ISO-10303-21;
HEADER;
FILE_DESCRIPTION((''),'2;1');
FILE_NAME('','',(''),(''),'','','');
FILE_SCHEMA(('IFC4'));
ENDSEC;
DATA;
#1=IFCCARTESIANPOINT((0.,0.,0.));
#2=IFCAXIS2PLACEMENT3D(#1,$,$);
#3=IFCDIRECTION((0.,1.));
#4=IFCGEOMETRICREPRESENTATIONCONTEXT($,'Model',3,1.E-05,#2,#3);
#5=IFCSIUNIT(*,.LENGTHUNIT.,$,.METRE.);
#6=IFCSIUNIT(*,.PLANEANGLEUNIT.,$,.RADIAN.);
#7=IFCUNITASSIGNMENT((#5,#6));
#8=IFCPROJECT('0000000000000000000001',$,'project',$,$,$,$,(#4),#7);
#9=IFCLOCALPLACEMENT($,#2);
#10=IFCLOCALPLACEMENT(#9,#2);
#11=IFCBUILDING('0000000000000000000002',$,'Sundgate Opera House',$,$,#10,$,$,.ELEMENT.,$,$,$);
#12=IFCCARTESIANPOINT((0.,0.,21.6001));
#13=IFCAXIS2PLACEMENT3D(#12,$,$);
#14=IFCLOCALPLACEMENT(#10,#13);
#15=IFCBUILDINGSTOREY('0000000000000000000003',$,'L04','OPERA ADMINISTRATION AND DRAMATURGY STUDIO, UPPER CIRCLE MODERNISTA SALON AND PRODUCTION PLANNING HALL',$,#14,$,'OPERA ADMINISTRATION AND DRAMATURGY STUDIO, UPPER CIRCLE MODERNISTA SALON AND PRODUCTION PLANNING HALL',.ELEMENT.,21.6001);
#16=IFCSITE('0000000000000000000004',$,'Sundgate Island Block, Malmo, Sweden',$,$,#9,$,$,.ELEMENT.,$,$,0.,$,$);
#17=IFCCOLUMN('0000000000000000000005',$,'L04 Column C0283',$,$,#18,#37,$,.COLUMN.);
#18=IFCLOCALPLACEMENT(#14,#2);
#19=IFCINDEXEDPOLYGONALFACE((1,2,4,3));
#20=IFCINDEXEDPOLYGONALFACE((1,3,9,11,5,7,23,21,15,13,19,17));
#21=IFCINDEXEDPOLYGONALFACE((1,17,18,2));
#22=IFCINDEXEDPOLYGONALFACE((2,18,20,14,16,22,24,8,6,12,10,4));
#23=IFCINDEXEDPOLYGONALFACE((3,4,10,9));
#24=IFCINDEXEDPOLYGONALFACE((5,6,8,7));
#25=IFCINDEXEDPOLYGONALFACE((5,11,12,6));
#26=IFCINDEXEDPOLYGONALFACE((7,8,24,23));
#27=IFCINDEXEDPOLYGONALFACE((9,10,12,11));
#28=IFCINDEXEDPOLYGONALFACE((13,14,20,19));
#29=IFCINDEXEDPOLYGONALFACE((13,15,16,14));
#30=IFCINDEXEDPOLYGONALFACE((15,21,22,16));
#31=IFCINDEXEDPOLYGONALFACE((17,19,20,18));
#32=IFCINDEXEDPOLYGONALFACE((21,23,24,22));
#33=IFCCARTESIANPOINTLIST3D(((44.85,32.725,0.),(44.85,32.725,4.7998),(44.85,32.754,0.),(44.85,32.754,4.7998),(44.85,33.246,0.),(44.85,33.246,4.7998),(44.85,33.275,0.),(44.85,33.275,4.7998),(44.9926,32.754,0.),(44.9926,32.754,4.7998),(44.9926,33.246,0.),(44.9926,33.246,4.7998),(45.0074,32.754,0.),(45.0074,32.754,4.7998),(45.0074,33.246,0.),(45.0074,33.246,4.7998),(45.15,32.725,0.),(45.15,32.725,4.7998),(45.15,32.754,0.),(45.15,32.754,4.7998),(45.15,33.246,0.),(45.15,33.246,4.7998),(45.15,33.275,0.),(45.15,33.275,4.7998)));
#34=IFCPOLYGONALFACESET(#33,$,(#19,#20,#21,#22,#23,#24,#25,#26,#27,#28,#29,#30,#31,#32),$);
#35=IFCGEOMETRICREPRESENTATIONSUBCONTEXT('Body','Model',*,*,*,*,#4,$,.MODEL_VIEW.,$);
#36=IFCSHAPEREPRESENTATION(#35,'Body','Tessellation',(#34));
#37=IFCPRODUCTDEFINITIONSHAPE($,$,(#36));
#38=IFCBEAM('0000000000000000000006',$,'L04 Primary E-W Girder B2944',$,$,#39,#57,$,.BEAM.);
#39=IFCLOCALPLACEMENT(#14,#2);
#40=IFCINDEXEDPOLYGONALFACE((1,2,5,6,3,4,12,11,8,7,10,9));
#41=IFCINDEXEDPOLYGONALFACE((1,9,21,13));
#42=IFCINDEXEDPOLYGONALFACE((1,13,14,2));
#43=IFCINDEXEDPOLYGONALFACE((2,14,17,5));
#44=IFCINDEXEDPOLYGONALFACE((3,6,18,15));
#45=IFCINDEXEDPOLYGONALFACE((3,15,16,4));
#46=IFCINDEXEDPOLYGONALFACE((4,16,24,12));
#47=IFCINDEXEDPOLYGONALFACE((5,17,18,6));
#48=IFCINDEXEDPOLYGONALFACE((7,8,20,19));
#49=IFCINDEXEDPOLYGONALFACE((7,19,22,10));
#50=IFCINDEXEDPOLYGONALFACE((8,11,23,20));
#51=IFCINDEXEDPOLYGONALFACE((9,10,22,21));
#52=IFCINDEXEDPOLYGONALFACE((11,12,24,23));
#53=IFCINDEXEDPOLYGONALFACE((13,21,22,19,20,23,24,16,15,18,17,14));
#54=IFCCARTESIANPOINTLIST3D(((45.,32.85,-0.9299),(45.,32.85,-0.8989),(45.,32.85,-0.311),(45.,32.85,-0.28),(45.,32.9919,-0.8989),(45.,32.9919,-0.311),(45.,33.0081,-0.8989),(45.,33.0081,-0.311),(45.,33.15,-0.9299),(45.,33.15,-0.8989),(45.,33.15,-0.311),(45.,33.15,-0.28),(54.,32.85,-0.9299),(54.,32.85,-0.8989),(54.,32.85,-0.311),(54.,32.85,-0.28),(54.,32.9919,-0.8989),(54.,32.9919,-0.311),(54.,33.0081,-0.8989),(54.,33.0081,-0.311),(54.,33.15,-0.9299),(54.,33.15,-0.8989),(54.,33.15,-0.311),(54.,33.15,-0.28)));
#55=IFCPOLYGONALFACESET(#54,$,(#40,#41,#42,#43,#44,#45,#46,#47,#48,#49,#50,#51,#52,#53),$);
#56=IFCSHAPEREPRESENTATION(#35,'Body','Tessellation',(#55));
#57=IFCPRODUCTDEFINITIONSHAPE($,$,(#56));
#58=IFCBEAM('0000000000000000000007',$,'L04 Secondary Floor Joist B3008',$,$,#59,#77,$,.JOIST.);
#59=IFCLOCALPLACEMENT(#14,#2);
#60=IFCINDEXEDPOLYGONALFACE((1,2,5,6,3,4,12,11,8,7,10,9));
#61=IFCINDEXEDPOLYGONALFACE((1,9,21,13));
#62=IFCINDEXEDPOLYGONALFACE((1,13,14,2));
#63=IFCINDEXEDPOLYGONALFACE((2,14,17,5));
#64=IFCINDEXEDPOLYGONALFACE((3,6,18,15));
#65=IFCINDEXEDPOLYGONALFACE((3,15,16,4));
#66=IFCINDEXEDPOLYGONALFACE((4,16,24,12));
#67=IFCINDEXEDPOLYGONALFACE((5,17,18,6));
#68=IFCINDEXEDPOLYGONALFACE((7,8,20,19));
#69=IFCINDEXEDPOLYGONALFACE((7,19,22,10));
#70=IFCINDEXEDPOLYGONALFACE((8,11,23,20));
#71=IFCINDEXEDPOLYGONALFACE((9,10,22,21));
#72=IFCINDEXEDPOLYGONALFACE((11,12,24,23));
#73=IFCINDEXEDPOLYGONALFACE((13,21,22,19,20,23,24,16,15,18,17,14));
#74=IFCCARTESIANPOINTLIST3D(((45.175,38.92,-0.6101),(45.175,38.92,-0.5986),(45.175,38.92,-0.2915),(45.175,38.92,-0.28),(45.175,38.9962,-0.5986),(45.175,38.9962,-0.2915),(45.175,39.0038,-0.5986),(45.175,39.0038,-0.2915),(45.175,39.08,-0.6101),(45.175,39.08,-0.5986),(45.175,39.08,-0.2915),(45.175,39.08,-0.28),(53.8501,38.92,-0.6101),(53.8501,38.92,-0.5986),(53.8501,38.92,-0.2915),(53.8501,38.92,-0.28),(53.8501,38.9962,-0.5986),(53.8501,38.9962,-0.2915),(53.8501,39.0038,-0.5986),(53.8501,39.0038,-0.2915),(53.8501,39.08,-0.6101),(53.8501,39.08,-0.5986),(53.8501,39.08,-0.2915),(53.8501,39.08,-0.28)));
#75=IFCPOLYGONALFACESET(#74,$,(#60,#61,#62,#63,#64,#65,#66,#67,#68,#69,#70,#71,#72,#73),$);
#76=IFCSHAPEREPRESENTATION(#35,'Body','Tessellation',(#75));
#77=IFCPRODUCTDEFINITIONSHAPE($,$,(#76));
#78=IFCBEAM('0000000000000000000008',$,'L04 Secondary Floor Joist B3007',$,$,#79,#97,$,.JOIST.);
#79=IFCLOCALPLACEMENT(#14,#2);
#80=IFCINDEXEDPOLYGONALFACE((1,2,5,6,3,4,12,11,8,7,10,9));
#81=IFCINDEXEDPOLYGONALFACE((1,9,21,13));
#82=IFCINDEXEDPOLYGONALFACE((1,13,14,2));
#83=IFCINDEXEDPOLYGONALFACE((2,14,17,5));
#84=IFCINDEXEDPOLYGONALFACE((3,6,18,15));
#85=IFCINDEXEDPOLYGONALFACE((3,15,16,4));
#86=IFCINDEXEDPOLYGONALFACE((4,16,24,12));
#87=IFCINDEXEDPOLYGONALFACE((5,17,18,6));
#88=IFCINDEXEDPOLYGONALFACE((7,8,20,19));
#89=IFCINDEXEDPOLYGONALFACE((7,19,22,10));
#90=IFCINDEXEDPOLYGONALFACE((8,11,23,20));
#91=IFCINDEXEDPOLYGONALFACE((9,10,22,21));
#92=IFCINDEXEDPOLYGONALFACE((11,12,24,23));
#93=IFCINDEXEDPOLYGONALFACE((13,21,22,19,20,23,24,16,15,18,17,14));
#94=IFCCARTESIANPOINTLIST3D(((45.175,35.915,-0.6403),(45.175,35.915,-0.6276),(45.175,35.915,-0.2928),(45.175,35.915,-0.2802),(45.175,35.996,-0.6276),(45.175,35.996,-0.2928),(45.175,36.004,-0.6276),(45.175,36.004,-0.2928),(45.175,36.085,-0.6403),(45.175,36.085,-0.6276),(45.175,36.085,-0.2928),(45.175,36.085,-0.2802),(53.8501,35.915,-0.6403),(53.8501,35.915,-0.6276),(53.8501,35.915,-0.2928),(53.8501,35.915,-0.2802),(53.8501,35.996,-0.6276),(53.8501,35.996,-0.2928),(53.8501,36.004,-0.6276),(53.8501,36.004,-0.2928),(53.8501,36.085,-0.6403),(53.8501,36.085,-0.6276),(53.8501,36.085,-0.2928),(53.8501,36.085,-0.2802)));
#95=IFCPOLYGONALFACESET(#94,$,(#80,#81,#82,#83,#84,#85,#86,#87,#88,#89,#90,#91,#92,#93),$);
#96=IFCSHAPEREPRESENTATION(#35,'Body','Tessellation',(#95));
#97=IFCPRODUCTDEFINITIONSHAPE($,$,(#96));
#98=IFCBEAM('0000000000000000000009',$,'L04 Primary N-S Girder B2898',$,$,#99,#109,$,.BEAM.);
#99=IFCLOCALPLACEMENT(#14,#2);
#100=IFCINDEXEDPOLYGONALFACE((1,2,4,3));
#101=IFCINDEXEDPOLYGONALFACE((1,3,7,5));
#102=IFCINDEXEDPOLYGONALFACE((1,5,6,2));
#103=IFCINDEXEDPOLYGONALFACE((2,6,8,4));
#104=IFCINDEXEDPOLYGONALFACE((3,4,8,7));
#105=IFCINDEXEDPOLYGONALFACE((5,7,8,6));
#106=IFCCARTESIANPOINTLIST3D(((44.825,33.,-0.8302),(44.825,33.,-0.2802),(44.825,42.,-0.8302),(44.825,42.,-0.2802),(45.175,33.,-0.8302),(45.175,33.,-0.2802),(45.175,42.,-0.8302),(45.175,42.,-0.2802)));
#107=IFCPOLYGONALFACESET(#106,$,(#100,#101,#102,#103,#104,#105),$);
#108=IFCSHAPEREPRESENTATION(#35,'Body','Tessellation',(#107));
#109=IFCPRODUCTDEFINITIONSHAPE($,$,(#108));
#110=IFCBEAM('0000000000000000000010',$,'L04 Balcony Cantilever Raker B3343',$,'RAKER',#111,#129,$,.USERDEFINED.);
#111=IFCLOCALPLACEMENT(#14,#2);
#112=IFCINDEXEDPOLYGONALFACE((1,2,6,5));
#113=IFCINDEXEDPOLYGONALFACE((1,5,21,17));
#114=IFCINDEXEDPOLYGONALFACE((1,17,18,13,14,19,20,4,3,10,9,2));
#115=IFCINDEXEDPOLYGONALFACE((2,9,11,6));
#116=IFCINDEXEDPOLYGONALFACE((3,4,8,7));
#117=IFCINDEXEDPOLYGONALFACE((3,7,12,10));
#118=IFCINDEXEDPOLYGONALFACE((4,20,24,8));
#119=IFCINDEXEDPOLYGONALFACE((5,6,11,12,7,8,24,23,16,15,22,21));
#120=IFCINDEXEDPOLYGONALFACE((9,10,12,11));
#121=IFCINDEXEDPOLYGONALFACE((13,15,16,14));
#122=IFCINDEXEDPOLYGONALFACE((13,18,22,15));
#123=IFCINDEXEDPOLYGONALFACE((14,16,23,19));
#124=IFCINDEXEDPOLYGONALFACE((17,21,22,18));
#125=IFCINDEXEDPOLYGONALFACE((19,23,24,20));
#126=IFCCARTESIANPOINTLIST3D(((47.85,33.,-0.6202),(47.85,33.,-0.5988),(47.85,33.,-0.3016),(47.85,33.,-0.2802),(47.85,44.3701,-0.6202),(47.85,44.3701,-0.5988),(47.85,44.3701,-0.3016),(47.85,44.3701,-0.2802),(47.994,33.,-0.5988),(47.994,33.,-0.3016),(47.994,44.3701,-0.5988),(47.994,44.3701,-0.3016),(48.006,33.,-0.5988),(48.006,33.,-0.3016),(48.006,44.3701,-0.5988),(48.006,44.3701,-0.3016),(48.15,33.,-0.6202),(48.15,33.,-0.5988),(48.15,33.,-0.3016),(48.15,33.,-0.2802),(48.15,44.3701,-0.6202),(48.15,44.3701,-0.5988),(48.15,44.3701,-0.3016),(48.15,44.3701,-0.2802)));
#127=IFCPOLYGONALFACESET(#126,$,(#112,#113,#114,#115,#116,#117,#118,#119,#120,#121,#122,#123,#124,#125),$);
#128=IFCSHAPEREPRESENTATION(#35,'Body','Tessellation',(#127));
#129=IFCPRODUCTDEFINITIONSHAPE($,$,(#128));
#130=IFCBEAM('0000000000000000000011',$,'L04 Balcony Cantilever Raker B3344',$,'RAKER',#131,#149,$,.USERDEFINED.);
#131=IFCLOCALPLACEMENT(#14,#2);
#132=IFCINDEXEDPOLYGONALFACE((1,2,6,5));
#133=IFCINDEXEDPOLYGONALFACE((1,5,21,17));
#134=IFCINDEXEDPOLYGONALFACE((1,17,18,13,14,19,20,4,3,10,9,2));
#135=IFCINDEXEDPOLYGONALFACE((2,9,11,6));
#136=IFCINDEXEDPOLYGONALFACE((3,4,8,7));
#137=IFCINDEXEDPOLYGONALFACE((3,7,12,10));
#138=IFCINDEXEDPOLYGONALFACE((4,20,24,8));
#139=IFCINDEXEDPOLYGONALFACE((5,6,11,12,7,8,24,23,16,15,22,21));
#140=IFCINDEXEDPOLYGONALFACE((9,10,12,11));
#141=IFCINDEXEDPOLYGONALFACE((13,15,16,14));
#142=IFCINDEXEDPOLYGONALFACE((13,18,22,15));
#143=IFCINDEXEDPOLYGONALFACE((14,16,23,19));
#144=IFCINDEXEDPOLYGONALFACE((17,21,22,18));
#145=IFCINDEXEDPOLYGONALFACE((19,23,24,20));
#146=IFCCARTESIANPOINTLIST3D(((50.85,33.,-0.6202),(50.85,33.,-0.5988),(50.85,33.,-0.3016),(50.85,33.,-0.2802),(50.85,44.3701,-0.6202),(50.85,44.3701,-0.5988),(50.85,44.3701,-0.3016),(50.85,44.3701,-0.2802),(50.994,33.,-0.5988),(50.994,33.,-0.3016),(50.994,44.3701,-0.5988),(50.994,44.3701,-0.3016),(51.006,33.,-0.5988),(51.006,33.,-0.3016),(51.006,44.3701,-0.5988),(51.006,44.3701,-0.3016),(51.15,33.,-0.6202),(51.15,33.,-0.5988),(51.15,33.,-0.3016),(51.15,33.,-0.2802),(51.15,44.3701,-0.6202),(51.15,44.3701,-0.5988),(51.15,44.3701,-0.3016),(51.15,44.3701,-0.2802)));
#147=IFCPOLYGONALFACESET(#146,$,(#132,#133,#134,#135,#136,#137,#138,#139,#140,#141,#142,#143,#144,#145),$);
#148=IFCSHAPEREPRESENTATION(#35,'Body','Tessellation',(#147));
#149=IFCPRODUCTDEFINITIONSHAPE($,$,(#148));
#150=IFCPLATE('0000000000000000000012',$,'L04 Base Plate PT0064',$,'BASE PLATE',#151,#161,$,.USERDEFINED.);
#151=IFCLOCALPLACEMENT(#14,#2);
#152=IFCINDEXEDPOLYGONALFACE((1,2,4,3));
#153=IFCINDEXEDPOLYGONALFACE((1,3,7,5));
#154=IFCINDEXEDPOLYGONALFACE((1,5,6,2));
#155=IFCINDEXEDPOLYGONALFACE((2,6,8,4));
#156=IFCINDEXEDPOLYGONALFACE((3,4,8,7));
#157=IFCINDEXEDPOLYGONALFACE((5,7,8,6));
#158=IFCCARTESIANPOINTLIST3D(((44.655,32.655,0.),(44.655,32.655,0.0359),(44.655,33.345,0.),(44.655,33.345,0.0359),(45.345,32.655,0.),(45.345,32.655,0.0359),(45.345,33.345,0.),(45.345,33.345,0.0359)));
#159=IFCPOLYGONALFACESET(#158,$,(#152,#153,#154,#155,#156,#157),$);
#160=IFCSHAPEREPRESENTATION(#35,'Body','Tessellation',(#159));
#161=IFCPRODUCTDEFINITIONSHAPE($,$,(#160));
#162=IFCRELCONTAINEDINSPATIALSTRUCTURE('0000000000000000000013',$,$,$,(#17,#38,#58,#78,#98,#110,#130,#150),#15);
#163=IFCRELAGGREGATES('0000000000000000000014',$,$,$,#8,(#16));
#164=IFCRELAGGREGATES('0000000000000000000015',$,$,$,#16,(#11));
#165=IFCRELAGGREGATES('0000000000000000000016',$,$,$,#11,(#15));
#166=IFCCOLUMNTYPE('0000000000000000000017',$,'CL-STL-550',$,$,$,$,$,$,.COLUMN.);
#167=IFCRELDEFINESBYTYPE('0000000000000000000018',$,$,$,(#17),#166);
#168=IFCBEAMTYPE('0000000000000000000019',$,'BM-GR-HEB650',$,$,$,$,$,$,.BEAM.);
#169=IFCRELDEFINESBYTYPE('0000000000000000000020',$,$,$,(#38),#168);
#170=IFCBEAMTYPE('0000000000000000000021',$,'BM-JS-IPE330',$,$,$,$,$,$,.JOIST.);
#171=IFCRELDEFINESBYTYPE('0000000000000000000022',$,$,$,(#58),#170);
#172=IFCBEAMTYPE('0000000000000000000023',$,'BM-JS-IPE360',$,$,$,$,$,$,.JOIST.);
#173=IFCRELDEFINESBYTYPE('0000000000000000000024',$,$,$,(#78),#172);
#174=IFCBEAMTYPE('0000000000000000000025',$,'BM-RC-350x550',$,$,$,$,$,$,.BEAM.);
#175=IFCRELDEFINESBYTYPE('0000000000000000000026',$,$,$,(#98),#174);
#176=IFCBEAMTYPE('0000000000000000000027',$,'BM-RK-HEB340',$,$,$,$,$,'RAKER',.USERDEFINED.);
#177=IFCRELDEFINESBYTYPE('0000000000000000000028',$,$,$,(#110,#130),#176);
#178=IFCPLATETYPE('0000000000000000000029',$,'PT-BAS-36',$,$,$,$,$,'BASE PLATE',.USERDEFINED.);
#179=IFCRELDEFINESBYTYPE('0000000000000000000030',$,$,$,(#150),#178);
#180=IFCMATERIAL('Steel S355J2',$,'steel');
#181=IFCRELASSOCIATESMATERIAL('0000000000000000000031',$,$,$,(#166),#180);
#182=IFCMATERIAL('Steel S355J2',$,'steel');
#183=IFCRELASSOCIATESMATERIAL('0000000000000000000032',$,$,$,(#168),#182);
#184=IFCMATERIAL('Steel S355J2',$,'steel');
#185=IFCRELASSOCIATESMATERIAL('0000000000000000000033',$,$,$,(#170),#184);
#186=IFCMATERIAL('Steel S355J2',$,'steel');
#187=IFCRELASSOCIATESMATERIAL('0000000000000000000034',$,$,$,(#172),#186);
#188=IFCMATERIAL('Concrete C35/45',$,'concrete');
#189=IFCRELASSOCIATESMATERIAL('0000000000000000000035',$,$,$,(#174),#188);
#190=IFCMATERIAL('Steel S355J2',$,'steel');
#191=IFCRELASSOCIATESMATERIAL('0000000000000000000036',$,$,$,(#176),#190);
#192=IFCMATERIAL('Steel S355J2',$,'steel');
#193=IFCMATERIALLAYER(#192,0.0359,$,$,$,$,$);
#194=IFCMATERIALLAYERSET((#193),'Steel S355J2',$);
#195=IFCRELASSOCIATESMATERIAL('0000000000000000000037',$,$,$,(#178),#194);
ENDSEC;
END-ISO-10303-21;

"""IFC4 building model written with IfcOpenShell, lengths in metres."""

from ifc_helpers import new_model, si_unit, direction, frame, origin, origin_2d, place, context, subcontext, project, spatial, rectangle, i_section, extrude, material, layer, layer_set, material_profile, profile_set, type_object, element, save


model = new_model("IFC4")

# Units and contexts
model_context = context("Model", 3, precision=1e-05, world=origin(), true_north=direction((0.0, 1.0)))
body_context = subcontext(model_context, "Body", "Model", "MODEL_VIEW")
ifc_project = project(units=[si_unit("LENGTHUNIT", "METRE"), si_unit("PLANEANGLEUNIT", "RADIAN")], contexts=[model_context])

# Site, building, storey
site_placement = place(None, origin())
site = spatial("IfcSite", under=ifc_project, at=site_placement, Name="Sundgate Island Block, Malmo, Sweden", CompositionType="ELEMENT", RefElevation=0.0)
building_placement = place(site_placement, origin())
building = spatial("IfcBuilding", under=site, at=building_placement, Name="Sundgate Opera House", CompositionType="ELEMENT")
storey_placement = place(building_placement, frame((0.0, 0.0, 21.6001)))
storey = spatial("IfcBuildingStorey", under=building, at=storey_placement, Name="L04", Description="OPERA ADMINISTRATION AND DRAMATURGY STUDIO, UPPER CIRCLE MODERNISTA SALON AND PRODUCTION PLANNING HALL", LongName="OPERA ADMINISTRATION AND DRAMATURGY STUDIO, UPPER CIRCLE MODERNISTA SALON AND PRODUCTION PLANNING HALL", CompositionType="ELEMENT", Elevation=21.6001)

# Column
ifc_material_1 = material(Name="Steel S355J2", Category="steel")
ifc_material_profile_1 = material_profile(ifc_material_1, i_section(OverallWidth=0.3, OverallDepth=0.55, WebThickness=0.0149, FlangeThickness=0.0291, at=origin_2d()), Name="HEB 550")
ifc_profile_set_1 = profile_set([ifc_material_profile_1], Name="Steel S355J2")
column_type = type_object("IfcColumnType", Name="CL-STL-550", PredefinedType="COLUMN", material=ifc_profile_set_1)
column_placement = place(storey_placement, frame((45.0, 33.0, 0.0), z_axis=(0.0, 0.0, 1.0), x_axis=(1.0, 0.0, 0.0)))
element("IfcColumn", 1, at=column_placement, inside=storey, type_object=column_type, Name="L04 Column C0283", PredefinedType="COLUMN", context=body_context, shape_type="SweptSolid", body=[
    extrude(i_section(OverallWidth=0.3, OverallDepth=0.55, WebThickness=0.0149, FlangeThickness=0.0291, at=origin_2d()), origin(), (0.0, 0.0, 1.0), 4.7998),
])

# Beams
ifc_material_2 = material(Name="Steel S355J2", Category="steel")
ifc_material_profile_2 = material_profile(ifc_material_2, i_section(OverallWidth=0.3, OverallDepth=0.6499, WebThickness=0.0161, FlangeThickness=0.031, at=origin_2d()), Name="HEB 650")
ifc_profile_set_2 = profile_set([ifc_material_profile_2], Name="Steel S355J2")
beam_type_1 = type_object("IfcBeamType", Name="BM-GR-HEB650", PredefinedType="BEAM", material=ifc_profile_set_2)
beam_1_placement = place(storey_placement, frame((45.0, 33.0, -0.605), z_axis=(1.0, 0.0, 0.0), x_axis=(0.0, 1.0, 0.0)))
element("IfcBeam", 2, at=beam_1_placement, inside=storey, type_object=beam_type_1, Name="L04 Primary E-W Girder B2944", PredefinedType="BEAM", context=body_context, shape_type="SweptSolid", body=[
    extrude(i_section(OverallWidth=0.3, OverallDepth=0.6499, WebThickness=0.0161, FlangeThickness=0.031, at=origin_2d()), origin(), (0.0, 0.0, 1.0), 9.0),
])
ifc_material_3 = material(Name="Steel S355J2", Category="steel")
ifc_material_profile_3 = material_profile(ifc_material_3, i_section(OverallWidth=0.1599, OverallDepth=0.3301, WebThickness=0.0076, FlangeThickness=0.0115, at=origin_2d()), Name="IPE 330")
ifc_profile_set_3 = profile_set([ifc_material_profile_3], Name="Steel S355J2")
beam_type_2 = type_object("IfcBeamType", Name="BM-JS-IPE330", PredefinedType="JOIST", material=ifc_profile_set_3)
beam_2_placement = place(storey_placement, frame((45.175, 39.0, -0.4451), z_axis=(1.0, 0.0, 0.0), x_axis=(0.0, 1.0, 0.0)))
element("IfcBeam", 3, at=beam_2_placement, inside=storey, type_object=beam_type_2, Name="L04 Secondary Floor Joist B3008", PredefinedType="JOIST", context=body_context, shape_type="SweptSolid", body=[
    extrude(i_section(OverallWidth=0.1599, OverallDepth=0.3301, WebThickness=0.0076, FlangeThickness=0.0115, at=origin_2d()), origin(), (0.0, 0.0, 1.0), 8.675),
])
ifc_material_4 = material(Name="Steel S355J2", Category="steel")
ifc_material_profile_4 = material_profile(ifc_material_4, i_section(OverallWidth=0.1699, OverallDepth=0.3601, WebThickness=0.0081, FlangeThickness=0.0127, at=origin_2d()), Name="IPE 360")
ifc_profile_set_4 = profile_set([ifc_material_profile_4], Name="Steel S355J2")
beam_type_3 = type_object("IfcBeamType", Name="BM-JS-IPE360", PredefinedType="JOIST", material=ifc_profile_set_4)
beam_3_placement = place(storey_placement, frame((45.175, 36.0, -0.4602), z_axis=(1.0, 0.0, 0.0), x_axis=(0.0, 1.0, 0.0)))
element("IfcBeam", 4, at=beam_3_placement, inside=storey, type_object=beam_type_3, Name="L04 Secondary Floor Joist B3007", PredefinedType="JOIST", context=body_context, shape_type="SweptSolid", body=[
    extrude(i_section(OverallWidth=0.1699, OverallDepth=0.3601, WebThickness=0.0081, FlangeThickness=0.0127, at=origin_2d()), origin(), (0.0, 0.0, 1.0), 8.675),
])
ifc_material_5 = material(Name="Concrete C35/45", Category="concrete")
ifc_material_profile_5 = material_profile(ifc_material_5, rectangle(XDim=0.3501, YDim=0.55, at=origin_2d()), Name="RC 350x550")
ifc_profile_set_5 = profile_set([ifc_material_profile_5], Name="Concrete C35/45")
beam_type_4 = type_object("IfcBeamType", Name="BM-RC-350x550", PredefinedType="BEAM", material=ifc_profile_set_5)
beam_4_placement = place(storey_placement, frame((45.0, 33.0, -0.5552), z_axis=(0.0, 1.0, 0.0), x_axis=(-1.0, 0.0, 0.0)))
element("IfcBeam", 5, at=beam_4_placement, inside=storey, type_object=beam_type_4, Name="L04 Primary N-S Girder B2898", PredefinedType="BEAM", context=body_context, shape_type="SweptSolid", body=[
    extrude(rectangle(XDim=0.3501, YDim=0.55, at=origin_2d()), origin(), (0.0, 0.0, 1.0), 9.0),
])
ifc_material_6 = material(Name="Steel S355J2", Category="steel")
ifc_material_profile_6 = material_profile(ifc_material_6, i_section(OverallWidth=0.3, OverallDepth=0.3401, WebThickness=0.012, FlangeThickness=0.0215, at=origin_2d()), Name="HEB 340")
ifc_profile_set_6 = profile_set([ifc_material_profile_6], Name="Steel S355J2")
beam_type_5 = type_object("IfcBeamType", Name="BM-RK-HEB340", ElementType="RAKER", PredefinedType="USERDEFINED", material=ifc_profile_set_6)
for number, where, z_axis, x_axis, name in (
    (6, (48.0, 33.0, -0.4502), (0.0, 1.0, 0.0), (-1.0, 0.0, 0.0), "L04 Balcony Cantilever Raker B3343"),
    (7, (51.0, 33.0, -0.4502), (0.0, 1.0, 0.0), (-1.0, 0.0, 0.0), "L04 Balcony Cantilever Raker B3344"),
):
    element("IfcBeam", number, at=place(storey_placement, frame(where, z_axis=z_axis, x_axis=x_axis)), inside=storey, type_object=beam_type_5, Name=name, ObjectType="RAKER", PredefinedType="USERDEFINED", context=body_context, shape_type="SweptSolid", body=[
        extrude(i_section(OverallWidth=0.3, OverallDepth=0.3401, WebThickness=0.012, FlangeThickness=0.0215, at=origin_2d()), origin(), (0.0, 0.0, 1.0), 11.3701),
    ])

# Plate
ifc_material_7 = material(Name="Steel S355J2", Category="steel")
ifc_layer_1 = layer(ifc_material_7, 0.0359)
ifc_layer_set_1 = layer_set([ifc_layer_1], Name="Steel S355J2")
plate_type = type_object("IfcPlateType", Name="PT-BAS-36", ElementType="BASE PLATE", PredefinedType="USERDEFINED", material=ifc_layer_set_1)
plate_placement = place(storey_placement, frame((45.0, 33.0, 0.0), z_axis=(0.0, 0.0, 1.0), x_axis=(1.0, 0.0, 0.0)))
element("IfcPlate", 8, at=plate_placement, inside=storey, type_object=plate_type, Name="L04 Base Plate PT0064", ObjectType="BASE PLATE", PredefinedType="USERDEFINED", context=body_context, shape_type="SweptSolid", body=[
    extrude(rectangle(XDim=0.6899, YDim=0.6899, at=origin_2d()), origin(), (0.0, 0.0, 1.0), 0.0359),
])

save(model, "model.ifc")
